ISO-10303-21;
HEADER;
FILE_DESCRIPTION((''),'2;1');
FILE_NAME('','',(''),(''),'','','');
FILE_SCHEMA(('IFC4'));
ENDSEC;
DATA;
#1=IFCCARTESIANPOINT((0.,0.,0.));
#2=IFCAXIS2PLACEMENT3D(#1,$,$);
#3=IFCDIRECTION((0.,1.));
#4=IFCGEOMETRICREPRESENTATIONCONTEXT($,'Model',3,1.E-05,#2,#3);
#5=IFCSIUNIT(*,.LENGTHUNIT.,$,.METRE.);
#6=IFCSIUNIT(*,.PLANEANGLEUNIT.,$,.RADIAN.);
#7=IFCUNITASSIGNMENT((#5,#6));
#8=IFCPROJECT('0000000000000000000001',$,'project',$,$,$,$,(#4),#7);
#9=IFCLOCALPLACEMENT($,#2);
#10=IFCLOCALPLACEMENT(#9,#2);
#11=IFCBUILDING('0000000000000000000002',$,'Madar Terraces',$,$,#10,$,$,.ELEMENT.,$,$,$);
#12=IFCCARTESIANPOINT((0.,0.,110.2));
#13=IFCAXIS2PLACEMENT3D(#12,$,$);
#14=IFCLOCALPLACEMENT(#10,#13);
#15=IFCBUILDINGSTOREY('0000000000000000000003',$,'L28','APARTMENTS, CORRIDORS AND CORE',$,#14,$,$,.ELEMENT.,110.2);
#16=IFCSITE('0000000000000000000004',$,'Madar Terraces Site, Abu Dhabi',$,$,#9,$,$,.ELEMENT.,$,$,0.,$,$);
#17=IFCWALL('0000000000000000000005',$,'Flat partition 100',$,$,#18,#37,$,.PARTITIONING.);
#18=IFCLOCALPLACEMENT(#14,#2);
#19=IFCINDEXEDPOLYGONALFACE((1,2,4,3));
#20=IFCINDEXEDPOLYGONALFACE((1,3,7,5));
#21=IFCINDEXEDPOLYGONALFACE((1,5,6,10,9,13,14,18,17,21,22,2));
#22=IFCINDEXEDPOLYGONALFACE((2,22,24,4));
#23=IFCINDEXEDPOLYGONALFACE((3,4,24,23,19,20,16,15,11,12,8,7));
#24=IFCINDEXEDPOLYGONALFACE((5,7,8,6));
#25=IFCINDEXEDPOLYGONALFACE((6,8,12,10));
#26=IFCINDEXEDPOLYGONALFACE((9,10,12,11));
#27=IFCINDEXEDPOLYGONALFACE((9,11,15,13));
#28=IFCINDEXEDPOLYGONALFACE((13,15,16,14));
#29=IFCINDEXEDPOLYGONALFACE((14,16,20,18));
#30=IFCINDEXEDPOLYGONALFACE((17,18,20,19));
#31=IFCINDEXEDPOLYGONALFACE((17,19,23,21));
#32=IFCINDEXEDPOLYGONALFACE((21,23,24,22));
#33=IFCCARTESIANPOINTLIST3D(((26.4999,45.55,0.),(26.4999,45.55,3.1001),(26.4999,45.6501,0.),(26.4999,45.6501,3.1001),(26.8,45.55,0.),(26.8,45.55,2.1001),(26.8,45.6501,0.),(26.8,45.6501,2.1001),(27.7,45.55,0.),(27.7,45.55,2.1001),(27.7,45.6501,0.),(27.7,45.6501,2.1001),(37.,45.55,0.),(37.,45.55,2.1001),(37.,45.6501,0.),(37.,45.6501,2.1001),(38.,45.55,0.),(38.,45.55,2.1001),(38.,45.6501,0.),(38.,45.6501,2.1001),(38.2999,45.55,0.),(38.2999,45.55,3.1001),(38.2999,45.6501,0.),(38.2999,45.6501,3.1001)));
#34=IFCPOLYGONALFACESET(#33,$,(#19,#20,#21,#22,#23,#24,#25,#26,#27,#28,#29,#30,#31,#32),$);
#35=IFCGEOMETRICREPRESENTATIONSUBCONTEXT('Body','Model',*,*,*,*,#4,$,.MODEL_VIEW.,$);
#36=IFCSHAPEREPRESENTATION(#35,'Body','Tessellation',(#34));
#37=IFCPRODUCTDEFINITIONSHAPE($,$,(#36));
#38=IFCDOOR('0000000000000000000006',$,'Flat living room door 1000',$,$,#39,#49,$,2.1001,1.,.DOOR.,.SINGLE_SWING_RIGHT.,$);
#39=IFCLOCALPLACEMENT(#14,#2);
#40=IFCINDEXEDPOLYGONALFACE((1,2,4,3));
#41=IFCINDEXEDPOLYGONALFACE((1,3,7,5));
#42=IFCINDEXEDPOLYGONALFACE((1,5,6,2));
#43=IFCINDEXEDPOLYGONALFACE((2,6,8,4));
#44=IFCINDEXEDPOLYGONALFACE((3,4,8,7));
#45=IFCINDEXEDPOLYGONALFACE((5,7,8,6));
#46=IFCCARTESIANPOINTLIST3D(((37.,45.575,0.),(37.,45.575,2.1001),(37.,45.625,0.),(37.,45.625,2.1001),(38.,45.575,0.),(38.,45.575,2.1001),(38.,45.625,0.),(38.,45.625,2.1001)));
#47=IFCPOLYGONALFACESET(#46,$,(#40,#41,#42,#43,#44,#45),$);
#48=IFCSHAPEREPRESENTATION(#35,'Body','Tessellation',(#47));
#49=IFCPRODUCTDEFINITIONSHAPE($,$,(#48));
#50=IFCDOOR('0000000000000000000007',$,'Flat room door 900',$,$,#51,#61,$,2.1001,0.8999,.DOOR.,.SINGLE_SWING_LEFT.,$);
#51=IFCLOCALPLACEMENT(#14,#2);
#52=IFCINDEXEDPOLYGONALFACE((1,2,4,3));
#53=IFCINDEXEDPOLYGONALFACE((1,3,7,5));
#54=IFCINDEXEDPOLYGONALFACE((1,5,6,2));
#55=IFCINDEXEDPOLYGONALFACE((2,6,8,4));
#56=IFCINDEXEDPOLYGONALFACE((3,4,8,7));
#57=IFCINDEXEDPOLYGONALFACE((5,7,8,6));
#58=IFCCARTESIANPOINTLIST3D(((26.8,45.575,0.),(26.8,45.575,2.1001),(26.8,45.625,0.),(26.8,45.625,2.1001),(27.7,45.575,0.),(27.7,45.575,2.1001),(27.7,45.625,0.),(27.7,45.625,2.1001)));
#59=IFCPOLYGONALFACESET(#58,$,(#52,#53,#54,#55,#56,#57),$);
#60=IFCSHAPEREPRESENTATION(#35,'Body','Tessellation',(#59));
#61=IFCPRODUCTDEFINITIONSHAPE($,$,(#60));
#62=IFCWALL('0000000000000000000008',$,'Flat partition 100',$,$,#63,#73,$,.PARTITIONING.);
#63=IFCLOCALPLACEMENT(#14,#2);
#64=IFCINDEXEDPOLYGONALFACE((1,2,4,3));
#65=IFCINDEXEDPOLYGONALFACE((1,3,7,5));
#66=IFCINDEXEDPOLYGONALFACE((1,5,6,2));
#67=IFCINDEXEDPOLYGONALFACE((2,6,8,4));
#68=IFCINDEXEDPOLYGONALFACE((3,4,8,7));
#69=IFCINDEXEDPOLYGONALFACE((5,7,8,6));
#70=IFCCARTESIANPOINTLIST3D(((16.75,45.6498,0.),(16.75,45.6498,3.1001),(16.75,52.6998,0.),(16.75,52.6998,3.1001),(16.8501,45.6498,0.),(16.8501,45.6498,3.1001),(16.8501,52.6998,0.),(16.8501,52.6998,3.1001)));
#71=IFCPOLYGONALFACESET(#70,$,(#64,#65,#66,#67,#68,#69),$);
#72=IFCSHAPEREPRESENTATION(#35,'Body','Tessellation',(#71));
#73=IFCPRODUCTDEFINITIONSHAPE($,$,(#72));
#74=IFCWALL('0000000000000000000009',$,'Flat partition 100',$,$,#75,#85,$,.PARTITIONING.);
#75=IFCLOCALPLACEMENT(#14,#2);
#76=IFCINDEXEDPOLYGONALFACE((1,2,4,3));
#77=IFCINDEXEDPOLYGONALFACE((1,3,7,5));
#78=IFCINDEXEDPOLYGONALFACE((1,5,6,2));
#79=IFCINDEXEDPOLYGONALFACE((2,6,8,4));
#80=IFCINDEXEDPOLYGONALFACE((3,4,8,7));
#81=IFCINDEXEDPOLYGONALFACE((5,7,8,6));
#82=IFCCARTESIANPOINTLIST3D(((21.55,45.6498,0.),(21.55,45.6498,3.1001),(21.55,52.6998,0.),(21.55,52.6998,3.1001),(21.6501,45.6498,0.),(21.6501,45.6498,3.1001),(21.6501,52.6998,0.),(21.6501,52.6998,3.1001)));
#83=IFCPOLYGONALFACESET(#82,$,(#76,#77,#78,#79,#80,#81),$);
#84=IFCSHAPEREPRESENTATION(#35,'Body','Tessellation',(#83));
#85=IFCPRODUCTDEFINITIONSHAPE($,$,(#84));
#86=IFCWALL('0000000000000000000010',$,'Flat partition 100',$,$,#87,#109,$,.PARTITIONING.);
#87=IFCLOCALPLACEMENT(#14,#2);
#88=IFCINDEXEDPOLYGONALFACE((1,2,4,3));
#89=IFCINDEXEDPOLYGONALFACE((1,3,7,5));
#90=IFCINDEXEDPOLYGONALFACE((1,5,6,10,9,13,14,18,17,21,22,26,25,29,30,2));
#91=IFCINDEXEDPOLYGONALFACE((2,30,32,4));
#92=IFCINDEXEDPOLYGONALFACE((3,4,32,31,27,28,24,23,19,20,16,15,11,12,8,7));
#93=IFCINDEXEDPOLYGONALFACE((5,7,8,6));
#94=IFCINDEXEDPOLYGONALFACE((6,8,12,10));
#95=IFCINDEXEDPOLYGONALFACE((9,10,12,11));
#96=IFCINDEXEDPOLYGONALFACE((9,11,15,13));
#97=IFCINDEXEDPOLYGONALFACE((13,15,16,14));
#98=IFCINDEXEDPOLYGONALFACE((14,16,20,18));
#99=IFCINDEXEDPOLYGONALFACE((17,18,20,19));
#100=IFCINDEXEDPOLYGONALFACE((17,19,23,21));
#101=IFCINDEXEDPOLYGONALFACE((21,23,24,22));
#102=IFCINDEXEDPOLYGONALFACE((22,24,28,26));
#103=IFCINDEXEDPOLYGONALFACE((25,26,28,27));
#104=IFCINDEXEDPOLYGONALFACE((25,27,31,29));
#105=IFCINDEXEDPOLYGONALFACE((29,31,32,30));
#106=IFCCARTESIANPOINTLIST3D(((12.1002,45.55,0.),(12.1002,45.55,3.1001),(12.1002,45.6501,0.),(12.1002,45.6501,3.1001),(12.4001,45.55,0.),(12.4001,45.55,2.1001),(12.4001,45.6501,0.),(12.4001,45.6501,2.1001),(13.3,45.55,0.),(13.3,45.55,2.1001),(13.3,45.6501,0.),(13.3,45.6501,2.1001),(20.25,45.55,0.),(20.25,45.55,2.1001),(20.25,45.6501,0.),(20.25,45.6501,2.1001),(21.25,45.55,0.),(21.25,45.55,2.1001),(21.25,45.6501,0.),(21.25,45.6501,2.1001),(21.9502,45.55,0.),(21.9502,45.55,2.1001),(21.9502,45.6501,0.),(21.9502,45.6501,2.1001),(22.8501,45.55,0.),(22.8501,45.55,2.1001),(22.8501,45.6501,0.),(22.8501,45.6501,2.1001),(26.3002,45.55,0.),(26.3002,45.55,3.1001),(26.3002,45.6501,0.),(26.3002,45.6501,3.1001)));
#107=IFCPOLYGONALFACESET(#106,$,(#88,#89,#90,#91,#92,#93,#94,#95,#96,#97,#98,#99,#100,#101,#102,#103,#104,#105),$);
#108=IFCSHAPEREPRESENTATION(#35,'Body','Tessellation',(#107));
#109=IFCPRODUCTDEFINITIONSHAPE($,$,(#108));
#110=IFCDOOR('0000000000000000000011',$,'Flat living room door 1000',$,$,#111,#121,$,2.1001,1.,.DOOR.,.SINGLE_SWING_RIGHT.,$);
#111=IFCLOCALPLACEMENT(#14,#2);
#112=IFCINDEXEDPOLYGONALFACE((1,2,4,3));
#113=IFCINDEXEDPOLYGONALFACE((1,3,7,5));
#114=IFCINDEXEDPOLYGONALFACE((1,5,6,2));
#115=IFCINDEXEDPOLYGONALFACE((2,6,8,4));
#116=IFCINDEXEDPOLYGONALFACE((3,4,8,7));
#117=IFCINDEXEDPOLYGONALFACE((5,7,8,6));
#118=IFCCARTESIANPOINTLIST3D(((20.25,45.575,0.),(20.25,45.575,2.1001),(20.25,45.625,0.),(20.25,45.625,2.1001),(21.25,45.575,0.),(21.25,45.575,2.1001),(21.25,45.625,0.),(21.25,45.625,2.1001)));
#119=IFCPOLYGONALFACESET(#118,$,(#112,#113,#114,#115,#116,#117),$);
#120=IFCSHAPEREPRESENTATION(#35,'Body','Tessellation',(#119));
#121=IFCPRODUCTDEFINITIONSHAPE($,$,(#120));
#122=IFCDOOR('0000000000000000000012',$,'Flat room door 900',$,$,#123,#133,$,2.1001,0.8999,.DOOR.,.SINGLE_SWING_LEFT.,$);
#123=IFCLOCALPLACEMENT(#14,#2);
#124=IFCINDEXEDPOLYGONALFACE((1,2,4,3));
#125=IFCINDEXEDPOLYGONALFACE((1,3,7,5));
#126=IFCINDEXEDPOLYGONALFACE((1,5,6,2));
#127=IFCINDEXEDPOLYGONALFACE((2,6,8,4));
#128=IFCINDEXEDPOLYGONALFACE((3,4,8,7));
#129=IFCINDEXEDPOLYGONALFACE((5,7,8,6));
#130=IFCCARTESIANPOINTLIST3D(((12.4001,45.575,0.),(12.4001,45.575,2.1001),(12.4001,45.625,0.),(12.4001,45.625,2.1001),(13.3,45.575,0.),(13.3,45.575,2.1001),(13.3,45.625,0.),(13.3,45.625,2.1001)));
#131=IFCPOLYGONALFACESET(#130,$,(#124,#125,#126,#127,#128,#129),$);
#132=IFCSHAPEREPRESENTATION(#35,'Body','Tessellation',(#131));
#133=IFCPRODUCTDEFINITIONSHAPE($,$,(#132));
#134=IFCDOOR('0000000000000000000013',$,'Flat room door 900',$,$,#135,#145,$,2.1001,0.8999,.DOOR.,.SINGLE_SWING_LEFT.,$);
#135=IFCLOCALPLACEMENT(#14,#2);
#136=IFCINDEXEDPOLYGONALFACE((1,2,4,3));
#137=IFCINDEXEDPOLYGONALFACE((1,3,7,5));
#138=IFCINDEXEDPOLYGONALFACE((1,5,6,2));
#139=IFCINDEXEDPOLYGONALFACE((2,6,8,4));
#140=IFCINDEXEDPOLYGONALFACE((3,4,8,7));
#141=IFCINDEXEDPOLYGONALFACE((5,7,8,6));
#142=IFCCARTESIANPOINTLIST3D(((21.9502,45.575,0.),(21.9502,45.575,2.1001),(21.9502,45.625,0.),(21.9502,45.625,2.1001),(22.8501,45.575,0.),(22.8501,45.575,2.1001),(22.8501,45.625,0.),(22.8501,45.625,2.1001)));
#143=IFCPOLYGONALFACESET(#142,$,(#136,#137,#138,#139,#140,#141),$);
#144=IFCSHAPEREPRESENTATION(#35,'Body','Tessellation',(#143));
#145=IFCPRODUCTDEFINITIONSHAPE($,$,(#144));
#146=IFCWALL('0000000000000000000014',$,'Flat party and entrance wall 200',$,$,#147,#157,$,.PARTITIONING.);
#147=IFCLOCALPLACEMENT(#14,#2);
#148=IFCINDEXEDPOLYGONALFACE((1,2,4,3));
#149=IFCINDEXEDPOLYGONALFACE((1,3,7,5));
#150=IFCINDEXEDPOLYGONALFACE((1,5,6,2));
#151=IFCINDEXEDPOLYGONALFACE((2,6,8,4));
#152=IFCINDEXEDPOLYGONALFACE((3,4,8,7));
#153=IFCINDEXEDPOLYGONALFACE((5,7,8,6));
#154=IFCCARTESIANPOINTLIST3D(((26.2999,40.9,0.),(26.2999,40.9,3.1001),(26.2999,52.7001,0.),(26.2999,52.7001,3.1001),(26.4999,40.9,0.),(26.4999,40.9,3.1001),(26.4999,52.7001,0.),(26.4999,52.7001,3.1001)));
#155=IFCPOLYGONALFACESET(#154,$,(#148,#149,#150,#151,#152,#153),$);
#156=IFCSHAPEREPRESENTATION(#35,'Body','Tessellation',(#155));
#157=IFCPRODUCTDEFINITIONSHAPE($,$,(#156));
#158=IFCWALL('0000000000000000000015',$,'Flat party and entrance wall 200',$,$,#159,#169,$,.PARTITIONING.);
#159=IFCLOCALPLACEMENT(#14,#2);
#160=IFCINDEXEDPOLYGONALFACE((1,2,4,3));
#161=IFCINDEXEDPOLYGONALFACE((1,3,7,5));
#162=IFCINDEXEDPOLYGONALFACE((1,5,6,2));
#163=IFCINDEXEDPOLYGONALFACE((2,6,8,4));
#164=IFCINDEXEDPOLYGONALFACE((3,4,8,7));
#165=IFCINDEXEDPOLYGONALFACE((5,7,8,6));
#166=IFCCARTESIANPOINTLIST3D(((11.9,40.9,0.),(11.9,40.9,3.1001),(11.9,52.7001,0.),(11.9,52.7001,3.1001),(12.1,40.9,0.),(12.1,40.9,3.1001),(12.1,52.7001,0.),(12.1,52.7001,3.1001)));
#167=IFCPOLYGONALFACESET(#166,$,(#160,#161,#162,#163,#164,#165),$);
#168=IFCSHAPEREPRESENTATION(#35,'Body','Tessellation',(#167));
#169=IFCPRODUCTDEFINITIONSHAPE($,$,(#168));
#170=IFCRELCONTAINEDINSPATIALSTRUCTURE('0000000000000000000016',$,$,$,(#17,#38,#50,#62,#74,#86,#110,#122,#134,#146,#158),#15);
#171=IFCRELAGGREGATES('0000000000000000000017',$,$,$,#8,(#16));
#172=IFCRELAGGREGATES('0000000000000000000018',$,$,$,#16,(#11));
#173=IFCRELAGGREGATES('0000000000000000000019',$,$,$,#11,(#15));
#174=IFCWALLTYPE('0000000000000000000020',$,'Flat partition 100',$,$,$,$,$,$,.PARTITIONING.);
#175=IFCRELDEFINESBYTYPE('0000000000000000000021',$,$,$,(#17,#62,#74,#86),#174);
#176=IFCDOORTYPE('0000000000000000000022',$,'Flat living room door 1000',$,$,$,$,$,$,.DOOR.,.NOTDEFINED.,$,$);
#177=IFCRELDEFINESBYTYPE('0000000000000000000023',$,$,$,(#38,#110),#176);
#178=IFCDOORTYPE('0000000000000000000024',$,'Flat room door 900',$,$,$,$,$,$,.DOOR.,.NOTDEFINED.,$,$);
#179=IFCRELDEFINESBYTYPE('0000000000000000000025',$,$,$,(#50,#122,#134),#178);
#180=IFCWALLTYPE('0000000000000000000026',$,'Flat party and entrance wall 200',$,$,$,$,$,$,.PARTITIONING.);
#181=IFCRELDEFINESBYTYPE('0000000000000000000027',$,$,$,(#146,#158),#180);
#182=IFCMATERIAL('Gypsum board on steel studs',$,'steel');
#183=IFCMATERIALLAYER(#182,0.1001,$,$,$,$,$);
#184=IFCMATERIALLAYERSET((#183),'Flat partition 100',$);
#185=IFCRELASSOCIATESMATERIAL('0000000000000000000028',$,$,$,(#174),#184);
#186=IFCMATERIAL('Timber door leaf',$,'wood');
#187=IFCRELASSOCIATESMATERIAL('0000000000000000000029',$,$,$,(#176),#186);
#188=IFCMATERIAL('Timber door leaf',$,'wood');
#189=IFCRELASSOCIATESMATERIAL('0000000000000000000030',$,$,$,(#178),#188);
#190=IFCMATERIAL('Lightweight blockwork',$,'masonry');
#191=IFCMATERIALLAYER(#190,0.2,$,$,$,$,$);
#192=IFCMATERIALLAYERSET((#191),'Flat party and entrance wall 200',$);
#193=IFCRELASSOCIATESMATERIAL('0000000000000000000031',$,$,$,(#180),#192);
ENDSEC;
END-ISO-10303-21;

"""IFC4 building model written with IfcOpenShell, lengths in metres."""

from ifc_helpers import new_model, si_unit, direction, frame, frame_2d, origin, place, context, subcontext, project, spatial, rectangle, extrude, material, layer, layer_set, type_object, element, fill, save


model = new_model("IFC4")

# Units and contexts
model_context = context("Model", 3, precision=1e-05, world=origin(), true_north=direction((0.0, 1.0)))
body_context = subcontext(model_context, "Body", "Model", "MODEL_VIEW")
ifc_project = project(units=[si_unit("LENGTHUNIT", "METRE"), si_unit("PLANEANGLEUNIT", "RADIAN")], contexts=[model_context])

# Site, building, storey
site_placement = place(None, origin())
site = spatial("IfcSite", under=ifc_project, at=site_placement, Name="Madar Terraces Site, Abu Dhabi", CompositionType="ELEMENT", RefElevation=0.0)
building_placement = place(site_placement, origin())
building = spatial("IfcBuilding", under=site, at=building_placement, Name="Madar Terraces", CompositionType="ELEMENT")
storey_placement = place(building_placement, frame((0.0, 0.0, 110.2)))
storey = spatial("IfcBuildingStorey", under=building, at=storey_placement, Name="L28", Description="APARTMENTS, CORRIDORS AND CORE", CompositionType="ELEMENT", Elevation=110.2)

# Shared definitions
ifc_material_1 = material(Name="Gypsum board on steel studs", Category="steel")
ifc_layer_1 = layer(ifc_material_1, 0.1001)
ifc_layer_set_1 = layer_set([ifc_layer_1], Name="Flat partition 100")
wall_type_1 = type_object("IfcWallType", Name="Flat partition 100", PredefinedType="PARTITIONING", material=ifc_layer_set_1)

# Wall, openings, doors
wall_1_placement = place(storey_placement, frame((26.5, 45.6001, 0.0), z_axis=(0.0, 0.0, 1.0), x_axis=(1.0, 0.0, 0.0)))
wall_1 = element("IfcWall", 1, at=wall_1_placement, inside=storey, type_object=wall_type_1, Name="Flat partition 100", PredefinedType="PARTITIONING", context=body_context, shape_type="SweptSolid", body=[
    extrude(rectangle(XDim=11.8, YDim=0.1001, at=frame_2d((5.8999, 0.0))), origin(), (0.0, 0.0, 1.0), 3.1001),
])
opening_1_placement = place(wall_1_placement, frame((0.3, 0.0, 0.0)))
opening_1 = element("IfcOpeningElement", 2, at=opening_1_placement, cuts=wall_1, PredefinedType="OPENING", context=body_context, shape_type="SweptSolid", body=[
    extrude(rectangle(XDim=0.8999, YDim=2.1001, at=frame_2d((0.45, 1.05))), frame((0.0, 0.0601, 0.0), z_axis=(0.0, -1.0, 0.0), x_axis=(1.0, 0.0, 0.0)), (0.0, 0.0, 1.0), 0.1201),
])
opening_2_placement = place(wall_1_placement, frame((10.5, 0.0, 0.0)))
opening_2 = element("IfcOpeningElement", 3, at=opening_2_placement, cuts=wall_1, PredefinedType="OPENING", context=body_context, shape_type="SweptSolid", body=[
    extrude(rectangle(XDim=1.0, YDim=2.1001, at=frame_2d((0.5, 1.05))), frame((0.0, 0.0601, 0.0), z_axis=(0.0, -1.0, 0.0), x_axis=(1.0, 0.0, 0.0)), (0.0, 0.0, 1.0), 0.1201),
])
ifc_material_2 = material(Name="Timber door leaf", Category="wood")
door_type_1 = type_object("IfcDoorType", Name="Flat living room door 1000", OperationType="NOTDEFINED", PredefinedType="DOOR", material=ifc_material_2)
door_1_placement = place(opening_2_placement, origin())
door_1 = element("IfcDoor", 4, at=door_1_placement, inside=storey, type_object=door_type_1, Name="Flat living room door 1000", OperationType="SINGLE_SWING_RIGHT", OverallHeight=2.1001, OverallWidth=1.0, PredefinedType="DOOR", context=body_context, shape_type="SweptSolid", body=[
    extrude(rectangle(XDim=1.0, YDim=2.1001, at=frame_2d((0.5, 1.05))), frame((0.0, 0.0249, 0.0), z_axis=(0.0, -1.0, 0.0), x_axis=(1.0, 0.0, 0.0)), (0.0, 0.0, 1.0), 0.05),
])
fill(opening_2, door_1)
ifc_material_3 = material(Name="Timber door leaf", Category="wood")
door_type_2 = type_object("IfcDoorType", Name="Flat room door 900", OperationType="NOTDEFINED", PredefinedType="DOOR", material=ifc_material_3)
door_2_placement = place(opening_1_placement, origin())
door_2 = element("IfcDoor", 5, at=door_2_placement, inside=storey, type_object=door_type_2, Name="Flat room door 900", OperationType="SINGLE_SWING_LEFT", OverallHeight=2.1001, OverallWidth=0.8999, PredefinedType="DOOR", context=body_context, shape_type="SweptSolid", body=[
    extrude(rectangle(XDim=0.8999, YDim=2.1001, at=frame_2d((0.45, 1.05))), frame((0.0, 0.0249, 0.0), z_axis=(0.0, -1.0, 0.0), x_axis=(1.0, 0.0, 0.0)), (0.0, 0.0, 1.0), 0.05),
])
fill(opening_1, door_2)

# Walls
for number, where, z_axis, x_axis, name in (
    (6, (16.8, 45.6499, 0.0), (0.0, 0.0, 1.0), (0.0, 1.0, 0.0), "Flat partition 100"),
    (7, (21.6001, 45.6499, 0.0), (0.0, 0.0, 1.0), (0.0, 1.0, 0.0), "Flat partition 100"),
):
    element("IfcWall", number, at=place(storey_placement, frame(where, z_axis=z_axis, x_axis=x_axis)), inside=storey, type_object=wall_type_1, Name=name, PredefinedType="PARTITIONING", context=body_context, shape_type="SweptSolid", body=[
        extrude(rectangle(XDim=7.05, YDim=0.1001, at=frame_2d((3.5249, 0.0))), origin(), (0.0, 0.0, 1.0), 3.1001),
    ])

# Wall, openings, doors
wall_2_placement = place(storey_placement, frame((12.1001, 45.6001, 0.0), z_axis=(0.0, 0.0, 1.0), x_axis=(1.0, 0.0, 0.0)))
wall_2 = element("IfcWall", 8, at=wall_2_placement, inside=storey, type_object=wall_type_1, Name="Flat partition 100", PredefinedType="PARTITIONING", context=body_context, shape_type="SweptSolid", body=[
    extrude(rectangle(XDim=14.2, YDim=0.1001, at=frame_2d((7.1001, 0.0))), origin(), (0.0, 0.0, 1.0), 3.1001),
])
opening_3_placement = place(wall_2_placement, frame((0.3, 0.0, 0.0)))
opening_3 = element("IfcOpeningElement", 9, at=opening_3_placement, cuts=wall_2, PredefinedType="OPENING", context=body_context, shape_type="SweptSolid", body=[
    extrude(rectangle(XDim=0.8999, YDim=2.1001, at=frame_2d((0.45, 1.05))), frame((0.0, 0.0601, 0.0), z_axis=(0.0, -1.0, 0.0), x_axis=(1.0, 0.0, 0.0)), (0.0, 0.0, 1.0), 0.1201),
])
opening_4_placement = place(wall_2_placement, frame((8.1499, 0.0, 0.0)))
opening_4 = element("IfcOpeningElement", 10, at=opening_4_placement, cuts=wall_2, PredefinedType="OPENING", context=body_context, shape_type="SweptSolid", body=[
    extrude(rectangle(XDim=1.0, YDim=2.1001, at=frame_2d((0.5, 1.05))), frame((0.0, 0.0601, 0.0), z_axis=(0.0, -1.0, 0.0), x_axis=(1.0, 0.0, 0.0)), (0.0, 0.0, 1.0), 0.1201),
])
opening_5_placement = place(wall_2_placement, frame((9.8501, 0.0, 0.0)))
opening_5 = element("IfcOpeningElement", 11, at=opening_5_placement, cuts=wall_2, PredefinedType="OPENING", context=body_context, shape_type="SweptSolid", body=[
    extrude(rectangle(XDim=0.8999, YDim=2.1001, at=frame_2d((0.45, 1.05))), frame((0.0, 0.0601, 0.0), z_axis=(0.0, -1.0, 0.0), x_axis=(1.0, 0.0, 0.0)), (0.0, 0.0, 1.0), 0.1201),
])
door_3_placement = place(opening_4_placement, origin())
door_3 = element("IfcDoor", 12, at=door_3_placement, inside=storey, type_object=door_type_1, Name="Flat living room door 1000", OperationType="SINGLE_SWING_RIGHT", OverallHeight=2.1001, OverallWidth=1.0, PredefinedType="DOOR", context=body_context, shape_type="SweptSolid", body=[
    extrude(rectangle(XDim=1.0, YDim=2.1001, at=frame_2d((0.5, 1.05))), frame((0.0, 0.0249, 0.0), z_axis=(0.0, -1.0, 0.0), x_axis=(1.0, 0.0, 0.0)), (0.0, 0.0, 1.0), 0.05),
])
fill(opening_4, door_3)
door_4_placement = place(opening_3_placement, origin())
door_4 = element("IfcDoor", 13, at=door_4_placement, inside=storey, type_object=door_type_2, Name="Flat room door 900", OperationType="SINGLE_SWING_LEFT", OverallHeight=2.1001, OverallWidth=0.8999, PredefinedType="DOOR", context=body_context, shape_type="SweptSolid", body=[
    extrude(rectangle(XDim=0.8999, YDim=2.1001, at=frame_2d((0.45, 1.05))), frame((0.0, 0.0249, 0.0), z_axis=(0.0, -1.0, 0.0), x_axis=(1.0, 0.0, 0.0)), (0.0, 0.0, 1.0), 0.05),
])
fill(opening_3, door_4)
door_5_placement = place(opening_5_placement, origin())
door_5 = element("IfcDoor", 14, at=door_5_placement, inside=storey, type_object=door_type_2, Name="Flat room door 900", OperationType="SINGLE_SWING_LEFT", OverallHeight=2.1001, OverallWidth=0.8999, PredefinedType="DOOR", context=body_context, shape_type="SweptSolid", body=[
    extrude(rectangle(XDim=0.8999, YDim=2.1001, at=frame_2d((0.45, 1.05))), frame((0.0, 0.0249, 0.0), z_axis=(0.0, -1.0, 0.0), x_axis=(1.0, 0.0, 0.0)), (0.0, 0.0, 1.0), 0.05),
])
fill(opening_5, door_5)

# Walls
ifc_material_4 = material(Name="Lightweight blockwork", Category="masonry")
ifc_layer_2 = layer(ifc_material_4, 0.2)
ifc_layer_set_2 = layer_set([ifc_layer_2], Name="Flat party and entrance wall 200")
wall_type_2 = type_object("IfcWallType", Name="Flat party and entrance wall 200", PredefinedType="PARTITIONING", material=ifc_layer_set_2)
for number, where, z_axis, x_axis, name in (
    (15, (26.3999, 52.7, 0.0), (0.0, 0.0, 1.0), (0.0, -1.0, 0.0), "Flat party and entrance wall 200"),
    (16, (12.0, 52.7, 0.0), (0.0, 0.0, 1.0), (0.0, -1.0, 0.0), "Flat party and entrance wall 200"),
):
    element("IfcWall", number, at=place(storey_placement, frame(where, z_axis=z_axis, x_axis=x_axis)), inside=storey, type_object=wall_type_2, Name=name, PredefinedType="PARTITIONING", context=body_context, shape_type="SweptSolid", body=[
        extrude(rectangle(XDim=11.8, YDim=0.2, at=frame_2d((5.8999, 0.0))), origin(), (0.0, 0.0, 1.0), 3.1001),
    ])

save(model, "model.ifc")
